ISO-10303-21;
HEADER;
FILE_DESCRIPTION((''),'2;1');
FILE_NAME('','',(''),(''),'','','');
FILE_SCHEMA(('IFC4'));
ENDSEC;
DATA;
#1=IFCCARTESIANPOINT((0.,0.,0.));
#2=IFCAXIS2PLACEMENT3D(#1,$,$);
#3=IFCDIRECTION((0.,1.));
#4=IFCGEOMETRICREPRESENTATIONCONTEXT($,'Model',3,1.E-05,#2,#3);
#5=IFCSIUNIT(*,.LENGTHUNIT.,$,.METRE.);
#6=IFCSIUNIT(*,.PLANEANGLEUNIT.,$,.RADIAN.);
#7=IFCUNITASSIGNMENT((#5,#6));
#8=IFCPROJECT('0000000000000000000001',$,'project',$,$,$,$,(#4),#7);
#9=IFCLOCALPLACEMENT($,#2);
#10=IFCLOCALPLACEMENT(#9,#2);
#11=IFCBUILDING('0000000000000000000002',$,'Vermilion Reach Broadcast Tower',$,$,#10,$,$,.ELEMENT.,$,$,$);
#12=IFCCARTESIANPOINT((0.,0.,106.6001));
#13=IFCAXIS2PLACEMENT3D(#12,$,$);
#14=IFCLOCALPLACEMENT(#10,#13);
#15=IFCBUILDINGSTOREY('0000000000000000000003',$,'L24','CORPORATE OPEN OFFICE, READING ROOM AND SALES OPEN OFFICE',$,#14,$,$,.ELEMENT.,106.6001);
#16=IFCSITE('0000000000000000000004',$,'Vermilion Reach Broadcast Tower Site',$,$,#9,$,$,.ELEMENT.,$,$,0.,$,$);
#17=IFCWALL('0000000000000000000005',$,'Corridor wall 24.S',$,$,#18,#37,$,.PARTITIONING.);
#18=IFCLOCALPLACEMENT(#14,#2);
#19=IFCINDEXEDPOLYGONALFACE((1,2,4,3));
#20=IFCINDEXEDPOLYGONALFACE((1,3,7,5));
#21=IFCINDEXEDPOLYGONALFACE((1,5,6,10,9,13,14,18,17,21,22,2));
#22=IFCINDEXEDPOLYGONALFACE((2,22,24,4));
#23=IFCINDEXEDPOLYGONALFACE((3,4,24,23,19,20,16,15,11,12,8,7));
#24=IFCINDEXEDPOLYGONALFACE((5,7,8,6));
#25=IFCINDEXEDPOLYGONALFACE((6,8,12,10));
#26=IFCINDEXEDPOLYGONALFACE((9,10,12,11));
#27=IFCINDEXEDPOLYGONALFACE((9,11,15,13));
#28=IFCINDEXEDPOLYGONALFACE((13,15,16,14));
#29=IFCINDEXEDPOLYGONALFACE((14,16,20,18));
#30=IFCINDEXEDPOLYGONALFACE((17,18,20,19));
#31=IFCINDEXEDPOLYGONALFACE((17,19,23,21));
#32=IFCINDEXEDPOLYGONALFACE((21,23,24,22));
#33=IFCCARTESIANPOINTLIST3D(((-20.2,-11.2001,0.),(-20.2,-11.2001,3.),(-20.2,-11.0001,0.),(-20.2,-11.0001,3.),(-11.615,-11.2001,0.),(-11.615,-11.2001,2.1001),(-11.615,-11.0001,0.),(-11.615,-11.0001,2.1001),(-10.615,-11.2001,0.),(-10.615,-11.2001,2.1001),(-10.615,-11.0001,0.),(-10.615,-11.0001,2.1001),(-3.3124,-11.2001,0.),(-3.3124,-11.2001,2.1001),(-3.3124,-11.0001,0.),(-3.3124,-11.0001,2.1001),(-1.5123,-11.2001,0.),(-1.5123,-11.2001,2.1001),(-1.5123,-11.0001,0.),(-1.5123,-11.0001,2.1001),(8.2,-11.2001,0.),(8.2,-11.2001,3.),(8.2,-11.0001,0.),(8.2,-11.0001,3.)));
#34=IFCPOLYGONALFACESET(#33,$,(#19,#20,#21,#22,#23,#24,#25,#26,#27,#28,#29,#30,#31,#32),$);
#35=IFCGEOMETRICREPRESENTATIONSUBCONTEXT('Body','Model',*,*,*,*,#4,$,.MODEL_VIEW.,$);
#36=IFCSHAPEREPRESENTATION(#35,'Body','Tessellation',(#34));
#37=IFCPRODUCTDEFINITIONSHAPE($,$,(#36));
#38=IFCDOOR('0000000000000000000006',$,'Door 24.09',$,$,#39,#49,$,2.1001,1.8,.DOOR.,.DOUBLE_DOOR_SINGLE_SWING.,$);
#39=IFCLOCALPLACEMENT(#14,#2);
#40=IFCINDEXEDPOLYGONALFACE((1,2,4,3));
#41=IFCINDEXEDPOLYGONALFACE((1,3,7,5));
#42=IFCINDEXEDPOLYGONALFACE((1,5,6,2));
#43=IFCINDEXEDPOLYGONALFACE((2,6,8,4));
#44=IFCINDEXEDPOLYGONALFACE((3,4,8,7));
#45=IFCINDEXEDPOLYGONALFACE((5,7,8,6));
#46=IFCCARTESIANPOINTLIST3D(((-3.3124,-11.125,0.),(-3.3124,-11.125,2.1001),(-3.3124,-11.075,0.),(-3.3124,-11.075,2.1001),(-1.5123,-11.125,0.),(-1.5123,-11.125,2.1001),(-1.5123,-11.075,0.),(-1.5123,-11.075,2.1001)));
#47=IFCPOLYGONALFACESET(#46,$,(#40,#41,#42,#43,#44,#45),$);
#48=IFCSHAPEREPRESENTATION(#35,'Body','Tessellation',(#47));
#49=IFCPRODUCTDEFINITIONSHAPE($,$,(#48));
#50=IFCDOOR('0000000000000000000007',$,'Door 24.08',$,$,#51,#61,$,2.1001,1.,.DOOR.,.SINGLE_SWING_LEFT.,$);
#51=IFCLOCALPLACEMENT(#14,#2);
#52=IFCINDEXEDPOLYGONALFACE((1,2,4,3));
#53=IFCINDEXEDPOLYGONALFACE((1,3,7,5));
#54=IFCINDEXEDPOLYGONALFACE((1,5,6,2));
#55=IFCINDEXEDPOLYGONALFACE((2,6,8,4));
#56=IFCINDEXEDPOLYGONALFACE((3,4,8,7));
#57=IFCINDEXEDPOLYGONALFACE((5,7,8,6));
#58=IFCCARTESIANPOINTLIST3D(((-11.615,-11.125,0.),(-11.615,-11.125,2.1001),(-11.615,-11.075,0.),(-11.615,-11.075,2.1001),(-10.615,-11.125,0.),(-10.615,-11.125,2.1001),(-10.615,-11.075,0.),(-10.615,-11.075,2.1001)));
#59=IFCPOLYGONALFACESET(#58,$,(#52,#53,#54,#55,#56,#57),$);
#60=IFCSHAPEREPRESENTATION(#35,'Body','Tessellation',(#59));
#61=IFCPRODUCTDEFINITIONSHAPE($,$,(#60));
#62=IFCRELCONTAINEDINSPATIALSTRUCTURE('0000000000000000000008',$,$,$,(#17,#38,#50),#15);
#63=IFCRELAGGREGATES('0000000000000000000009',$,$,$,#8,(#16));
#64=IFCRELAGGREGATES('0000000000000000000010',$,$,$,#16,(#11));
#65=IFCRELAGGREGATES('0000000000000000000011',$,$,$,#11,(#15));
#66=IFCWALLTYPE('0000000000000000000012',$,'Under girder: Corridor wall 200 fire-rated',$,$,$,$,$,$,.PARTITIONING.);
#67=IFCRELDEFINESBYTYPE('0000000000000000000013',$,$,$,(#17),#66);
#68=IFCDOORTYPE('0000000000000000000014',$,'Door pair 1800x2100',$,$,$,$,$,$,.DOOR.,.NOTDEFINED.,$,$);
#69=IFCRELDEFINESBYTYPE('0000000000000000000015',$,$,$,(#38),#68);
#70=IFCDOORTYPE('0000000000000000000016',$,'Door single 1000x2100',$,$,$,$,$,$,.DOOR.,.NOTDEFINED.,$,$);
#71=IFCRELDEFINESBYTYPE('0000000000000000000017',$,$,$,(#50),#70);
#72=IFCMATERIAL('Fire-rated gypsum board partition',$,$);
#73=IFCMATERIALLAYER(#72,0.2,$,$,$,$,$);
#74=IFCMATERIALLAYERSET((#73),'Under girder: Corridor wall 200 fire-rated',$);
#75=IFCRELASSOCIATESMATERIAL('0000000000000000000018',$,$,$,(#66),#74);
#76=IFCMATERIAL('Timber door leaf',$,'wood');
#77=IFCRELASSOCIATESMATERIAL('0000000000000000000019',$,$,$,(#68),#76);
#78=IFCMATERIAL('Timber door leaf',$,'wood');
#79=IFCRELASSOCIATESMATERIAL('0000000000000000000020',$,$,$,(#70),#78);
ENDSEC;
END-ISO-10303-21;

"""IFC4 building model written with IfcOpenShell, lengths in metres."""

from ifc_helpers import new_model, si_unit, direction, frame, frame_2d, origin, place, context, subcontext, project, spatial, rectangle, extrude, material, layer, layer_set, type_object, element, fill, save


model = new_model("IFC4")

# Units and contexts
model_context = context("Model", 3, precision=1e-05, world=origin(), true_north=direction((0.0, 1.0)))
body_context = subcontext(model_context, "Body", "Model", "MODEL_VIEW")
ifc_project = project(units=[si_unit("LENGTHUNIT", "METRE"), si_unit("PLANEANGLEUNIT", "RADIAN")], contexts=[model_context])

# Site, building, storey
site_placement = place(None, origin())
site = spatial("IfcSite", under=ifc_project, at=site_placement, Name="Vermilion Reach Broadcast Tower Site", CompositionType="ELEMENT", RefElevation=0.0)
building_placement = place(site_placement, origin())
building = spatial("IfcBuilding", under=site, at=building_placement, Name="Vermilion Reach Broadcast Tower", CompositionType="ELEMENT")
storey_placement = place(building_placement, frame((0.0, 0.0, 106.6001)))
storey = spatial("IfcBuildingStorey", under=building, at=storey_placement, Name="L24", Description="CORPORATE OPEN OFFICE, READING ROOM AND SALES OPEN OFFICE", CompositionType="ELEMENT", Elevation=106.6001)

# Wall, openings, doors
ifc_material_1 = material(Name="Fire-rated gypsum board partition")
ifc_layer_1 = layer(ifc_material_1, 0.2)
ifc_layer_set_1 = layer_set([ifc_layer_1], Name="Under girder: Corridor wall 200 fire-rated")
wall_type_1 = type_object("IfcWallType", Name="Under girder: Corridor wall 200 fire-rated", PredefinedType="PARTITIONING", material=ifc_layer_set_1)
wall_1_placement = place(storey_placement, frame((8.2, -11.1001, 0.0), z_axis=(0.0, 0.0, 1.0), x_axis=(-1.0, 0.0, 0.0)))
wall_1 = element("IfcWall", 1, at=wall_1_placement, inside=storey, type_object=wall_type_1, Name="Corridor wall 24.S", PredefinedType="PARTITIONING", context=body_context, shape_type="SweptSolid", body=[
    extrude(rectangle(XDim=28.3999, YDim=0.2, at=frame_2d((14.2, 0.0))), origin(), (0.0, 0.0, 1.0), 3.0),
])
opening_1_placement = place(wall_1_placement, frame((18.8149, 0.0, 0.0)))
opening_1 = element("IfcOpeningElement", 2, at=opening_1_placement, cuts=wall_1, PredefinedType="OPENING", context=body_context, shape_type="SweptSolid", body=[
    extrude(rectangle(XDim=1.0, YDim=2.1001, at=frame_2d((0.5, 1.05))), frame((0.0, 0.1099, 0.0), z_axis=(0.0, -1.0, 0.0), x_axis=(1.0, 0.0, 0.0)), (0.0, 0.0, 1.0), 0.22),
])
opening_2_placement = place(wall_1_placement, frame((9.7124, 0.0, 0.0)))
opening_2 = element("IfcOpeningElement", 3, at=opening_2_placement, cuts=wall_1, PredefinedType="OPENING", context=body_context, shape_type="SweptSolid", body=[
    extrude(rectangle(XDim=1.8, YDim=2.1001, at=frame_2d((0.8999, 1.05))), frame((0.0, 0.1099, 0.0), z_axis=(0.0, -1.0, 0.0), x_axis=(1.0, 0.0, 0.0)), (0.0, 0.0, 1.0), 0.22),
])
ifc_material_2 = material(Name="Timber door leaf", Category="wood")
door_type_1 = type_object("IfcDoorType", Name="Door pair 1800x2100", OperationType="NOTDEFINED", PredefinedType="DOOR", material=ifc_material_2)
door_1_placement = place(opening_2_placement, origin())
door_1 = element("IfcDoor", 4, at=door_1_placement, inside=storey, type_object=door_type_1, Name="Door 24.09", OperationType="DOUBLE_DOOR_SINGLE_SWING", OverallHeight=2.1001, OverallWidth=1.8, PredefinedType="DOOR", context=body_context, shape_type="SweptSolid", body=[
    extrude(rectangle(XDim=1.8, YDim=2.1001, at=frame_2d((0.8999, 1.05))), frame((0.0, 0.0249, 0.0), z_axis=(0.0, -1.0, 0.0), x_axis=(1.0, 0.0, 0.0)), (0.0, 0.0, 1.0), 0.05),
])
fill(opening_2, door_1)
ifc_material_3 = material(Name="Timber door leaf", Category="wood")
door_type_2 = type_object("IfcDoorType", Name="Door single 1000x2100", OperationType="NOTDEFINED", PredefinedType="DOOR", material=ifc_material_3)
door_2_placement = place(opening_1_placement, origin())
door_2 = element("IfcDoor", 5, at=door_2_placement, inside=storey, type_object=door_type_2, Name="Door 24.08", OperationType="SINGLE_SWING_LEFT", OverallHeight=2.1001, OverallWidth=1.0, PredefinedType="DOOR", context=body_context, shape_type="SweptSolid", body=[
    extrude(rectangle(XDim=1.0, YDim=2.1001, at=frame_2d((0.5, 1.05))), frame((0.0, 0.0249, 0.0), z_axis=(0.0, -1.0, 0.0), x_axis=(1.0, 0.0, 0.0)), (0.0, 0.0, 1.0), 0.05),
])
fill(opening_1, door_2)

save(model, "model.ifc")
